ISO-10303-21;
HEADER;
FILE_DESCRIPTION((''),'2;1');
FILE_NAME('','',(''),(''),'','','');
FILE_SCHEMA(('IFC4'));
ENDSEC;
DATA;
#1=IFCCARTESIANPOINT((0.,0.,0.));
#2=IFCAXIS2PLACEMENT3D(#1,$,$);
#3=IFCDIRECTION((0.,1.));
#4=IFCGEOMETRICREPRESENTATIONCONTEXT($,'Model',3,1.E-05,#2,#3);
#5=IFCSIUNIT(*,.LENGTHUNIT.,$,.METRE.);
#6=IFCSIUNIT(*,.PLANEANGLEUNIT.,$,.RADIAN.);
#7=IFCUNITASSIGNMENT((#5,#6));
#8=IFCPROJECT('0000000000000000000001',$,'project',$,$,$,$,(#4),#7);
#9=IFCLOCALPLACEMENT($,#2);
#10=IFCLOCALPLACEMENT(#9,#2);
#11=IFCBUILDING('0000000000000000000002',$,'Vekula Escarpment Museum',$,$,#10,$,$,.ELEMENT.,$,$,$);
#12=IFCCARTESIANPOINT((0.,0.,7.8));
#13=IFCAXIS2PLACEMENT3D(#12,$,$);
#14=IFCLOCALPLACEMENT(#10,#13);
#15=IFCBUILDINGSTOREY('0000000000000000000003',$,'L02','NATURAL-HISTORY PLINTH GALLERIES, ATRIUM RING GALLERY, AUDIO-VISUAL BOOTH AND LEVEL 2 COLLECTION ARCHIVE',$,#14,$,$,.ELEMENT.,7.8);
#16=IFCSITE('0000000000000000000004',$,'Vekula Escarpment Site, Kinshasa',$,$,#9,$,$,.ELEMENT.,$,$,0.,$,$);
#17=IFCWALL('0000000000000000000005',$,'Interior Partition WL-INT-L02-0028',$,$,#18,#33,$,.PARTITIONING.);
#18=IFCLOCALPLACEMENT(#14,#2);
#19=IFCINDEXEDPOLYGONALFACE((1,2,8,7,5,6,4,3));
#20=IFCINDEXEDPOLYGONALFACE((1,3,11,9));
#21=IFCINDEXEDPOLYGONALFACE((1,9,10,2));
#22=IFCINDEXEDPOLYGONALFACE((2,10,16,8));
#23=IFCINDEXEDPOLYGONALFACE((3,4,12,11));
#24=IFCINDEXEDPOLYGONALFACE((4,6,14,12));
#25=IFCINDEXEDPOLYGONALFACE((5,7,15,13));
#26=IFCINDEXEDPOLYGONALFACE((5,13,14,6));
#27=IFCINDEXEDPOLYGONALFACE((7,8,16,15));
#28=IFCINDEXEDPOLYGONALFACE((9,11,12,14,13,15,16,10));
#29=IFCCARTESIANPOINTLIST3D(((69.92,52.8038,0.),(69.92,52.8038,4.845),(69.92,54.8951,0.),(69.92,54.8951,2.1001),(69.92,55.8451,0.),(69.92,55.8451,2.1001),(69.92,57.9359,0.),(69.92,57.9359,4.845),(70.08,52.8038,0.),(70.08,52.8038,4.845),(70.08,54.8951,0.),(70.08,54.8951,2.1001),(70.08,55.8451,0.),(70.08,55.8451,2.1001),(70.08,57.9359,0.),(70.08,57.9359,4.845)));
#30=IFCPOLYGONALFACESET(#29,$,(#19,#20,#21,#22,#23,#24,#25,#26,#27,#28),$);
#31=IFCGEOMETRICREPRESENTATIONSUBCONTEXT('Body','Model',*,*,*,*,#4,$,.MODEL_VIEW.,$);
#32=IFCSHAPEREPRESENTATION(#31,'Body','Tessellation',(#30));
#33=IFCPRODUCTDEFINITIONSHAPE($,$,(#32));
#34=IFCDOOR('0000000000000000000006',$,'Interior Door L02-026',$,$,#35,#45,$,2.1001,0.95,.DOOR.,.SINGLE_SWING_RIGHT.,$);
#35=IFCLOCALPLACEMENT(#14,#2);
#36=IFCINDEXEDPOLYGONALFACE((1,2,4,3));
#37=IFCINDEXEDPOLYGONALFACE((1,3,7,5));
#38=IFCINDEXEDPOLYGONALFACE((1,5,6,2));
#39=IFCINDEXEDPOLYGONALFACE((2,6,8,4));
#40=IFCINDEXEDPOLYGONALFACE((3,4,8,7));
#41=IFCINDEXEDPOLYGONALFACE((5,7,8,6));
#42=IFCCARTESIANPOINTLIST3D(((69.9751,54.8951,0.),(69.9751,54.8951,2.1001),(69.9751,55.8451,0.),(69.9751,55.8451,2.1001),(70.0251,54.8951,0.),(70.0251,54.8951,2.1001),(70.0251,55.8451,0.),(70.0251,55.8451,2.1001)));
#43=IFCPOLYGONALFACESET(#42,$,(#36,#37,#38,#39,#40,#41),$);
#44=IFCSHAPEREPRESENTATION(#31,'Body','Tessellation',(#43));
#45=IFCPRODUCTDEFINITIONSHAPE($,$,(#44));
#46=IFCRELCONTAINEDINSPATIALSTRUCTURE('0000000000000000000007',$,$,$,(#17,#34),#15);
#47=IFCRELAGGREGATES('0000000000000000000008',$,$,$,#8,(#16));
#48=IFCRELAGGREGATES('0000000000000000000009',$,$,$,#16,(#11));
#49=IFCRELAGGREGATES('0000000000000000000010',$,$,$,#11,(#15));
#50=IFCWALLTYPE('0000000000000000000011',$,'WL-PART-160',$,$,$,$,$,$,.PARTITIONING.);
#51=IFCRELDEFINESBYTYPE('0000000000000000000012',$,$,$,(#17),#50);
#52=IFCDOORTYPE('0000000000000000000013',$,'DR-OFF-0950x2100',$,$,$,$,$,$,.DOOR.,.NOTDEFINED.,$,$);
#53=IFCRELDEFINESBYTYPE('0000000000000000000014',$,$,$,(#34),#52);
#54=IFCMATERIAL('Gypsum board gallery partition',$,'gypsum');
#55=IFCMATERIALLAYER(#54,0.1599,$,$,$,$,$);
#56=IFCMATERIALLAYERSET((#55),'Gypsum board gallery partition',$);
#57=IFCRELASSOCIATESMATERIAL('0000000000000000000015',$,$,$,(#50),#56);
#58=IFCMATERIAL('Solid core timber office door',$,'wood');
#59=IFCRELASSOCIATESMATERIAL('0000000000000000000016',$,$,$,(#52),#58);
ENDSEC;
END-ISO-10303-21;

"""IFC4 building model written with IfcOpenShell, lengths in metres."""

from ifc_helpers import new_model, si_unit, direction, frame, frame_2d, origin, place, context, subcontext, project, spatial, rectangle, extrude, material, layer, layer_set, type_object, element, fill, save


model = new_model("IFC4")

# Units and contexts
model_context = context("Model", 3, precision=1e-05, world=origin(), true_north=direction((0.0, 1.0)))
body_context = subcontext(model_context, "Body", "Model", "MODEL_VIEW")
ifc_project = project(units=[si_unit("LENGTHUNIT", "METRE"), si_unit("PLANEANGLEUNIT", "RADIAN")], contexts=[model_context])

# Site, building, storey
site_placement = place(None, origin())
site = spatial("IfcSite", under=ifc_project, at=site_placement, Name="Vekula Escarpment Site, Kinshasa", CompositionType="ELEMENT", RefElevation=0.0)
building_placement = place(site_placement, origin())
building = spatial("IfcBuilding", under=site, at=building_placement, Name="Vekula Escarpment Museum", CompositionType="ELEMENT")
storey_placement = place(building_placement, frame((0.0, 0.0, 7.8)))
storey = spatial("IfcBuildingStorey", under=building, at=storey_placement, Name="L02", Description="NATURAL-HISTORY PLINTH GALLERIES, ATRIUM RING GALLERY, AUDIO-VISUAL BOOTH AND LEVEL 2 COLLECTION ARCHIVE", CompositionType="ELEMENT", Elevation=7.8)

# Wall, opening, door
ifc_material_1 = material(Name="Gypsum board gallery partition", Category="gypsum")
ifc_layer_1 = layer(ifc_material_1, 0.1599)
ifc_layer_set_1 = layer_set([ifc_layer_1], Name="Gypsum board gallery partition")
wall_type_1 = type_object("IfcWallType", Name="WL-PART-160", PredefinedType="PARTITIONING", material=ifc_layer_set_1)
wall_1_placement = place(storey_placement, frame((70.0, 52.804, 0.0), z_axis=(0.0, 0.0, 1.0), x_axis=(0.0, 1.0, 0.0)))
wall_1 = element("IfcWall", 1, at=wall_1_placement, inside=storey, type_object=wall_type_1, Name="Interior Partition WL-INT-L02-0028", PredefinedType="PARTITIONING", context=body_context, shape_type="SweptSolid", body=[
    extrude(rectangle(XDim=5.1321, YDim=0.1599, at=frame_2d((2.5659, 0.0))), origin(), (0.0, 0.0, 1.0), 4.845),
])
opening_1_placement = place(wall_1_placement, frame((2.0911, 0.0, 0.0)))
opening_1 = element("IfcOpeningElement", 2, at=opening_1_placement, cuts=wall_1, PredefinedType="OPENING", context=body_context, shape_type="SweptSolid", body=[
    extrude(rectangle(XDim=0.95, YDim=2.1001, at=frame_2d((0.4751, 1.05))), frame((0.0, 0.0898, 0.0), z_axis=(0.0, -1.0, 0.0), x_axis=(1.0, 0.0, 0.0)), (0.0, 0.0, 1.0), 0.1799),
])
ifc_material_2 = material(Name="Solid core timber office door", Category="wood")
door_type_1 = type_object("IfcDoorType", Name="DR-OFF-0950x2100", OperationType="NOTDEFINED", PredefinedType="DOOR", material=ifc_material_2)
door_1_placement = place(opening_1_placement, origin())
door_1 = element("IfcDoor", 3, at=door_1_placement, inside=storey, type_object=door_type_1, Name="Interior Door L02-026", OperationType="SINGLE_SWING_RIGHT", OverallHeight=2.1001, OverallWidth=0.95, PredefinedType="DOOR", context=body_context, shape_type="SweptSolid", body=[
    extrude(rectangle(XDim=0.95, YDim=2.1001, at=frame_2d((0.4751, 1.05))), frame((0.0, 0.0249, 0.0), z_axis=(0.0, -1.0, 0.0), x_axis=(1.0, 0.0, 0.0)), (0.0, 0.0, 1.0), 0.05),
])
fill(opening_1, door_1)

save(model, "model.ifc")
